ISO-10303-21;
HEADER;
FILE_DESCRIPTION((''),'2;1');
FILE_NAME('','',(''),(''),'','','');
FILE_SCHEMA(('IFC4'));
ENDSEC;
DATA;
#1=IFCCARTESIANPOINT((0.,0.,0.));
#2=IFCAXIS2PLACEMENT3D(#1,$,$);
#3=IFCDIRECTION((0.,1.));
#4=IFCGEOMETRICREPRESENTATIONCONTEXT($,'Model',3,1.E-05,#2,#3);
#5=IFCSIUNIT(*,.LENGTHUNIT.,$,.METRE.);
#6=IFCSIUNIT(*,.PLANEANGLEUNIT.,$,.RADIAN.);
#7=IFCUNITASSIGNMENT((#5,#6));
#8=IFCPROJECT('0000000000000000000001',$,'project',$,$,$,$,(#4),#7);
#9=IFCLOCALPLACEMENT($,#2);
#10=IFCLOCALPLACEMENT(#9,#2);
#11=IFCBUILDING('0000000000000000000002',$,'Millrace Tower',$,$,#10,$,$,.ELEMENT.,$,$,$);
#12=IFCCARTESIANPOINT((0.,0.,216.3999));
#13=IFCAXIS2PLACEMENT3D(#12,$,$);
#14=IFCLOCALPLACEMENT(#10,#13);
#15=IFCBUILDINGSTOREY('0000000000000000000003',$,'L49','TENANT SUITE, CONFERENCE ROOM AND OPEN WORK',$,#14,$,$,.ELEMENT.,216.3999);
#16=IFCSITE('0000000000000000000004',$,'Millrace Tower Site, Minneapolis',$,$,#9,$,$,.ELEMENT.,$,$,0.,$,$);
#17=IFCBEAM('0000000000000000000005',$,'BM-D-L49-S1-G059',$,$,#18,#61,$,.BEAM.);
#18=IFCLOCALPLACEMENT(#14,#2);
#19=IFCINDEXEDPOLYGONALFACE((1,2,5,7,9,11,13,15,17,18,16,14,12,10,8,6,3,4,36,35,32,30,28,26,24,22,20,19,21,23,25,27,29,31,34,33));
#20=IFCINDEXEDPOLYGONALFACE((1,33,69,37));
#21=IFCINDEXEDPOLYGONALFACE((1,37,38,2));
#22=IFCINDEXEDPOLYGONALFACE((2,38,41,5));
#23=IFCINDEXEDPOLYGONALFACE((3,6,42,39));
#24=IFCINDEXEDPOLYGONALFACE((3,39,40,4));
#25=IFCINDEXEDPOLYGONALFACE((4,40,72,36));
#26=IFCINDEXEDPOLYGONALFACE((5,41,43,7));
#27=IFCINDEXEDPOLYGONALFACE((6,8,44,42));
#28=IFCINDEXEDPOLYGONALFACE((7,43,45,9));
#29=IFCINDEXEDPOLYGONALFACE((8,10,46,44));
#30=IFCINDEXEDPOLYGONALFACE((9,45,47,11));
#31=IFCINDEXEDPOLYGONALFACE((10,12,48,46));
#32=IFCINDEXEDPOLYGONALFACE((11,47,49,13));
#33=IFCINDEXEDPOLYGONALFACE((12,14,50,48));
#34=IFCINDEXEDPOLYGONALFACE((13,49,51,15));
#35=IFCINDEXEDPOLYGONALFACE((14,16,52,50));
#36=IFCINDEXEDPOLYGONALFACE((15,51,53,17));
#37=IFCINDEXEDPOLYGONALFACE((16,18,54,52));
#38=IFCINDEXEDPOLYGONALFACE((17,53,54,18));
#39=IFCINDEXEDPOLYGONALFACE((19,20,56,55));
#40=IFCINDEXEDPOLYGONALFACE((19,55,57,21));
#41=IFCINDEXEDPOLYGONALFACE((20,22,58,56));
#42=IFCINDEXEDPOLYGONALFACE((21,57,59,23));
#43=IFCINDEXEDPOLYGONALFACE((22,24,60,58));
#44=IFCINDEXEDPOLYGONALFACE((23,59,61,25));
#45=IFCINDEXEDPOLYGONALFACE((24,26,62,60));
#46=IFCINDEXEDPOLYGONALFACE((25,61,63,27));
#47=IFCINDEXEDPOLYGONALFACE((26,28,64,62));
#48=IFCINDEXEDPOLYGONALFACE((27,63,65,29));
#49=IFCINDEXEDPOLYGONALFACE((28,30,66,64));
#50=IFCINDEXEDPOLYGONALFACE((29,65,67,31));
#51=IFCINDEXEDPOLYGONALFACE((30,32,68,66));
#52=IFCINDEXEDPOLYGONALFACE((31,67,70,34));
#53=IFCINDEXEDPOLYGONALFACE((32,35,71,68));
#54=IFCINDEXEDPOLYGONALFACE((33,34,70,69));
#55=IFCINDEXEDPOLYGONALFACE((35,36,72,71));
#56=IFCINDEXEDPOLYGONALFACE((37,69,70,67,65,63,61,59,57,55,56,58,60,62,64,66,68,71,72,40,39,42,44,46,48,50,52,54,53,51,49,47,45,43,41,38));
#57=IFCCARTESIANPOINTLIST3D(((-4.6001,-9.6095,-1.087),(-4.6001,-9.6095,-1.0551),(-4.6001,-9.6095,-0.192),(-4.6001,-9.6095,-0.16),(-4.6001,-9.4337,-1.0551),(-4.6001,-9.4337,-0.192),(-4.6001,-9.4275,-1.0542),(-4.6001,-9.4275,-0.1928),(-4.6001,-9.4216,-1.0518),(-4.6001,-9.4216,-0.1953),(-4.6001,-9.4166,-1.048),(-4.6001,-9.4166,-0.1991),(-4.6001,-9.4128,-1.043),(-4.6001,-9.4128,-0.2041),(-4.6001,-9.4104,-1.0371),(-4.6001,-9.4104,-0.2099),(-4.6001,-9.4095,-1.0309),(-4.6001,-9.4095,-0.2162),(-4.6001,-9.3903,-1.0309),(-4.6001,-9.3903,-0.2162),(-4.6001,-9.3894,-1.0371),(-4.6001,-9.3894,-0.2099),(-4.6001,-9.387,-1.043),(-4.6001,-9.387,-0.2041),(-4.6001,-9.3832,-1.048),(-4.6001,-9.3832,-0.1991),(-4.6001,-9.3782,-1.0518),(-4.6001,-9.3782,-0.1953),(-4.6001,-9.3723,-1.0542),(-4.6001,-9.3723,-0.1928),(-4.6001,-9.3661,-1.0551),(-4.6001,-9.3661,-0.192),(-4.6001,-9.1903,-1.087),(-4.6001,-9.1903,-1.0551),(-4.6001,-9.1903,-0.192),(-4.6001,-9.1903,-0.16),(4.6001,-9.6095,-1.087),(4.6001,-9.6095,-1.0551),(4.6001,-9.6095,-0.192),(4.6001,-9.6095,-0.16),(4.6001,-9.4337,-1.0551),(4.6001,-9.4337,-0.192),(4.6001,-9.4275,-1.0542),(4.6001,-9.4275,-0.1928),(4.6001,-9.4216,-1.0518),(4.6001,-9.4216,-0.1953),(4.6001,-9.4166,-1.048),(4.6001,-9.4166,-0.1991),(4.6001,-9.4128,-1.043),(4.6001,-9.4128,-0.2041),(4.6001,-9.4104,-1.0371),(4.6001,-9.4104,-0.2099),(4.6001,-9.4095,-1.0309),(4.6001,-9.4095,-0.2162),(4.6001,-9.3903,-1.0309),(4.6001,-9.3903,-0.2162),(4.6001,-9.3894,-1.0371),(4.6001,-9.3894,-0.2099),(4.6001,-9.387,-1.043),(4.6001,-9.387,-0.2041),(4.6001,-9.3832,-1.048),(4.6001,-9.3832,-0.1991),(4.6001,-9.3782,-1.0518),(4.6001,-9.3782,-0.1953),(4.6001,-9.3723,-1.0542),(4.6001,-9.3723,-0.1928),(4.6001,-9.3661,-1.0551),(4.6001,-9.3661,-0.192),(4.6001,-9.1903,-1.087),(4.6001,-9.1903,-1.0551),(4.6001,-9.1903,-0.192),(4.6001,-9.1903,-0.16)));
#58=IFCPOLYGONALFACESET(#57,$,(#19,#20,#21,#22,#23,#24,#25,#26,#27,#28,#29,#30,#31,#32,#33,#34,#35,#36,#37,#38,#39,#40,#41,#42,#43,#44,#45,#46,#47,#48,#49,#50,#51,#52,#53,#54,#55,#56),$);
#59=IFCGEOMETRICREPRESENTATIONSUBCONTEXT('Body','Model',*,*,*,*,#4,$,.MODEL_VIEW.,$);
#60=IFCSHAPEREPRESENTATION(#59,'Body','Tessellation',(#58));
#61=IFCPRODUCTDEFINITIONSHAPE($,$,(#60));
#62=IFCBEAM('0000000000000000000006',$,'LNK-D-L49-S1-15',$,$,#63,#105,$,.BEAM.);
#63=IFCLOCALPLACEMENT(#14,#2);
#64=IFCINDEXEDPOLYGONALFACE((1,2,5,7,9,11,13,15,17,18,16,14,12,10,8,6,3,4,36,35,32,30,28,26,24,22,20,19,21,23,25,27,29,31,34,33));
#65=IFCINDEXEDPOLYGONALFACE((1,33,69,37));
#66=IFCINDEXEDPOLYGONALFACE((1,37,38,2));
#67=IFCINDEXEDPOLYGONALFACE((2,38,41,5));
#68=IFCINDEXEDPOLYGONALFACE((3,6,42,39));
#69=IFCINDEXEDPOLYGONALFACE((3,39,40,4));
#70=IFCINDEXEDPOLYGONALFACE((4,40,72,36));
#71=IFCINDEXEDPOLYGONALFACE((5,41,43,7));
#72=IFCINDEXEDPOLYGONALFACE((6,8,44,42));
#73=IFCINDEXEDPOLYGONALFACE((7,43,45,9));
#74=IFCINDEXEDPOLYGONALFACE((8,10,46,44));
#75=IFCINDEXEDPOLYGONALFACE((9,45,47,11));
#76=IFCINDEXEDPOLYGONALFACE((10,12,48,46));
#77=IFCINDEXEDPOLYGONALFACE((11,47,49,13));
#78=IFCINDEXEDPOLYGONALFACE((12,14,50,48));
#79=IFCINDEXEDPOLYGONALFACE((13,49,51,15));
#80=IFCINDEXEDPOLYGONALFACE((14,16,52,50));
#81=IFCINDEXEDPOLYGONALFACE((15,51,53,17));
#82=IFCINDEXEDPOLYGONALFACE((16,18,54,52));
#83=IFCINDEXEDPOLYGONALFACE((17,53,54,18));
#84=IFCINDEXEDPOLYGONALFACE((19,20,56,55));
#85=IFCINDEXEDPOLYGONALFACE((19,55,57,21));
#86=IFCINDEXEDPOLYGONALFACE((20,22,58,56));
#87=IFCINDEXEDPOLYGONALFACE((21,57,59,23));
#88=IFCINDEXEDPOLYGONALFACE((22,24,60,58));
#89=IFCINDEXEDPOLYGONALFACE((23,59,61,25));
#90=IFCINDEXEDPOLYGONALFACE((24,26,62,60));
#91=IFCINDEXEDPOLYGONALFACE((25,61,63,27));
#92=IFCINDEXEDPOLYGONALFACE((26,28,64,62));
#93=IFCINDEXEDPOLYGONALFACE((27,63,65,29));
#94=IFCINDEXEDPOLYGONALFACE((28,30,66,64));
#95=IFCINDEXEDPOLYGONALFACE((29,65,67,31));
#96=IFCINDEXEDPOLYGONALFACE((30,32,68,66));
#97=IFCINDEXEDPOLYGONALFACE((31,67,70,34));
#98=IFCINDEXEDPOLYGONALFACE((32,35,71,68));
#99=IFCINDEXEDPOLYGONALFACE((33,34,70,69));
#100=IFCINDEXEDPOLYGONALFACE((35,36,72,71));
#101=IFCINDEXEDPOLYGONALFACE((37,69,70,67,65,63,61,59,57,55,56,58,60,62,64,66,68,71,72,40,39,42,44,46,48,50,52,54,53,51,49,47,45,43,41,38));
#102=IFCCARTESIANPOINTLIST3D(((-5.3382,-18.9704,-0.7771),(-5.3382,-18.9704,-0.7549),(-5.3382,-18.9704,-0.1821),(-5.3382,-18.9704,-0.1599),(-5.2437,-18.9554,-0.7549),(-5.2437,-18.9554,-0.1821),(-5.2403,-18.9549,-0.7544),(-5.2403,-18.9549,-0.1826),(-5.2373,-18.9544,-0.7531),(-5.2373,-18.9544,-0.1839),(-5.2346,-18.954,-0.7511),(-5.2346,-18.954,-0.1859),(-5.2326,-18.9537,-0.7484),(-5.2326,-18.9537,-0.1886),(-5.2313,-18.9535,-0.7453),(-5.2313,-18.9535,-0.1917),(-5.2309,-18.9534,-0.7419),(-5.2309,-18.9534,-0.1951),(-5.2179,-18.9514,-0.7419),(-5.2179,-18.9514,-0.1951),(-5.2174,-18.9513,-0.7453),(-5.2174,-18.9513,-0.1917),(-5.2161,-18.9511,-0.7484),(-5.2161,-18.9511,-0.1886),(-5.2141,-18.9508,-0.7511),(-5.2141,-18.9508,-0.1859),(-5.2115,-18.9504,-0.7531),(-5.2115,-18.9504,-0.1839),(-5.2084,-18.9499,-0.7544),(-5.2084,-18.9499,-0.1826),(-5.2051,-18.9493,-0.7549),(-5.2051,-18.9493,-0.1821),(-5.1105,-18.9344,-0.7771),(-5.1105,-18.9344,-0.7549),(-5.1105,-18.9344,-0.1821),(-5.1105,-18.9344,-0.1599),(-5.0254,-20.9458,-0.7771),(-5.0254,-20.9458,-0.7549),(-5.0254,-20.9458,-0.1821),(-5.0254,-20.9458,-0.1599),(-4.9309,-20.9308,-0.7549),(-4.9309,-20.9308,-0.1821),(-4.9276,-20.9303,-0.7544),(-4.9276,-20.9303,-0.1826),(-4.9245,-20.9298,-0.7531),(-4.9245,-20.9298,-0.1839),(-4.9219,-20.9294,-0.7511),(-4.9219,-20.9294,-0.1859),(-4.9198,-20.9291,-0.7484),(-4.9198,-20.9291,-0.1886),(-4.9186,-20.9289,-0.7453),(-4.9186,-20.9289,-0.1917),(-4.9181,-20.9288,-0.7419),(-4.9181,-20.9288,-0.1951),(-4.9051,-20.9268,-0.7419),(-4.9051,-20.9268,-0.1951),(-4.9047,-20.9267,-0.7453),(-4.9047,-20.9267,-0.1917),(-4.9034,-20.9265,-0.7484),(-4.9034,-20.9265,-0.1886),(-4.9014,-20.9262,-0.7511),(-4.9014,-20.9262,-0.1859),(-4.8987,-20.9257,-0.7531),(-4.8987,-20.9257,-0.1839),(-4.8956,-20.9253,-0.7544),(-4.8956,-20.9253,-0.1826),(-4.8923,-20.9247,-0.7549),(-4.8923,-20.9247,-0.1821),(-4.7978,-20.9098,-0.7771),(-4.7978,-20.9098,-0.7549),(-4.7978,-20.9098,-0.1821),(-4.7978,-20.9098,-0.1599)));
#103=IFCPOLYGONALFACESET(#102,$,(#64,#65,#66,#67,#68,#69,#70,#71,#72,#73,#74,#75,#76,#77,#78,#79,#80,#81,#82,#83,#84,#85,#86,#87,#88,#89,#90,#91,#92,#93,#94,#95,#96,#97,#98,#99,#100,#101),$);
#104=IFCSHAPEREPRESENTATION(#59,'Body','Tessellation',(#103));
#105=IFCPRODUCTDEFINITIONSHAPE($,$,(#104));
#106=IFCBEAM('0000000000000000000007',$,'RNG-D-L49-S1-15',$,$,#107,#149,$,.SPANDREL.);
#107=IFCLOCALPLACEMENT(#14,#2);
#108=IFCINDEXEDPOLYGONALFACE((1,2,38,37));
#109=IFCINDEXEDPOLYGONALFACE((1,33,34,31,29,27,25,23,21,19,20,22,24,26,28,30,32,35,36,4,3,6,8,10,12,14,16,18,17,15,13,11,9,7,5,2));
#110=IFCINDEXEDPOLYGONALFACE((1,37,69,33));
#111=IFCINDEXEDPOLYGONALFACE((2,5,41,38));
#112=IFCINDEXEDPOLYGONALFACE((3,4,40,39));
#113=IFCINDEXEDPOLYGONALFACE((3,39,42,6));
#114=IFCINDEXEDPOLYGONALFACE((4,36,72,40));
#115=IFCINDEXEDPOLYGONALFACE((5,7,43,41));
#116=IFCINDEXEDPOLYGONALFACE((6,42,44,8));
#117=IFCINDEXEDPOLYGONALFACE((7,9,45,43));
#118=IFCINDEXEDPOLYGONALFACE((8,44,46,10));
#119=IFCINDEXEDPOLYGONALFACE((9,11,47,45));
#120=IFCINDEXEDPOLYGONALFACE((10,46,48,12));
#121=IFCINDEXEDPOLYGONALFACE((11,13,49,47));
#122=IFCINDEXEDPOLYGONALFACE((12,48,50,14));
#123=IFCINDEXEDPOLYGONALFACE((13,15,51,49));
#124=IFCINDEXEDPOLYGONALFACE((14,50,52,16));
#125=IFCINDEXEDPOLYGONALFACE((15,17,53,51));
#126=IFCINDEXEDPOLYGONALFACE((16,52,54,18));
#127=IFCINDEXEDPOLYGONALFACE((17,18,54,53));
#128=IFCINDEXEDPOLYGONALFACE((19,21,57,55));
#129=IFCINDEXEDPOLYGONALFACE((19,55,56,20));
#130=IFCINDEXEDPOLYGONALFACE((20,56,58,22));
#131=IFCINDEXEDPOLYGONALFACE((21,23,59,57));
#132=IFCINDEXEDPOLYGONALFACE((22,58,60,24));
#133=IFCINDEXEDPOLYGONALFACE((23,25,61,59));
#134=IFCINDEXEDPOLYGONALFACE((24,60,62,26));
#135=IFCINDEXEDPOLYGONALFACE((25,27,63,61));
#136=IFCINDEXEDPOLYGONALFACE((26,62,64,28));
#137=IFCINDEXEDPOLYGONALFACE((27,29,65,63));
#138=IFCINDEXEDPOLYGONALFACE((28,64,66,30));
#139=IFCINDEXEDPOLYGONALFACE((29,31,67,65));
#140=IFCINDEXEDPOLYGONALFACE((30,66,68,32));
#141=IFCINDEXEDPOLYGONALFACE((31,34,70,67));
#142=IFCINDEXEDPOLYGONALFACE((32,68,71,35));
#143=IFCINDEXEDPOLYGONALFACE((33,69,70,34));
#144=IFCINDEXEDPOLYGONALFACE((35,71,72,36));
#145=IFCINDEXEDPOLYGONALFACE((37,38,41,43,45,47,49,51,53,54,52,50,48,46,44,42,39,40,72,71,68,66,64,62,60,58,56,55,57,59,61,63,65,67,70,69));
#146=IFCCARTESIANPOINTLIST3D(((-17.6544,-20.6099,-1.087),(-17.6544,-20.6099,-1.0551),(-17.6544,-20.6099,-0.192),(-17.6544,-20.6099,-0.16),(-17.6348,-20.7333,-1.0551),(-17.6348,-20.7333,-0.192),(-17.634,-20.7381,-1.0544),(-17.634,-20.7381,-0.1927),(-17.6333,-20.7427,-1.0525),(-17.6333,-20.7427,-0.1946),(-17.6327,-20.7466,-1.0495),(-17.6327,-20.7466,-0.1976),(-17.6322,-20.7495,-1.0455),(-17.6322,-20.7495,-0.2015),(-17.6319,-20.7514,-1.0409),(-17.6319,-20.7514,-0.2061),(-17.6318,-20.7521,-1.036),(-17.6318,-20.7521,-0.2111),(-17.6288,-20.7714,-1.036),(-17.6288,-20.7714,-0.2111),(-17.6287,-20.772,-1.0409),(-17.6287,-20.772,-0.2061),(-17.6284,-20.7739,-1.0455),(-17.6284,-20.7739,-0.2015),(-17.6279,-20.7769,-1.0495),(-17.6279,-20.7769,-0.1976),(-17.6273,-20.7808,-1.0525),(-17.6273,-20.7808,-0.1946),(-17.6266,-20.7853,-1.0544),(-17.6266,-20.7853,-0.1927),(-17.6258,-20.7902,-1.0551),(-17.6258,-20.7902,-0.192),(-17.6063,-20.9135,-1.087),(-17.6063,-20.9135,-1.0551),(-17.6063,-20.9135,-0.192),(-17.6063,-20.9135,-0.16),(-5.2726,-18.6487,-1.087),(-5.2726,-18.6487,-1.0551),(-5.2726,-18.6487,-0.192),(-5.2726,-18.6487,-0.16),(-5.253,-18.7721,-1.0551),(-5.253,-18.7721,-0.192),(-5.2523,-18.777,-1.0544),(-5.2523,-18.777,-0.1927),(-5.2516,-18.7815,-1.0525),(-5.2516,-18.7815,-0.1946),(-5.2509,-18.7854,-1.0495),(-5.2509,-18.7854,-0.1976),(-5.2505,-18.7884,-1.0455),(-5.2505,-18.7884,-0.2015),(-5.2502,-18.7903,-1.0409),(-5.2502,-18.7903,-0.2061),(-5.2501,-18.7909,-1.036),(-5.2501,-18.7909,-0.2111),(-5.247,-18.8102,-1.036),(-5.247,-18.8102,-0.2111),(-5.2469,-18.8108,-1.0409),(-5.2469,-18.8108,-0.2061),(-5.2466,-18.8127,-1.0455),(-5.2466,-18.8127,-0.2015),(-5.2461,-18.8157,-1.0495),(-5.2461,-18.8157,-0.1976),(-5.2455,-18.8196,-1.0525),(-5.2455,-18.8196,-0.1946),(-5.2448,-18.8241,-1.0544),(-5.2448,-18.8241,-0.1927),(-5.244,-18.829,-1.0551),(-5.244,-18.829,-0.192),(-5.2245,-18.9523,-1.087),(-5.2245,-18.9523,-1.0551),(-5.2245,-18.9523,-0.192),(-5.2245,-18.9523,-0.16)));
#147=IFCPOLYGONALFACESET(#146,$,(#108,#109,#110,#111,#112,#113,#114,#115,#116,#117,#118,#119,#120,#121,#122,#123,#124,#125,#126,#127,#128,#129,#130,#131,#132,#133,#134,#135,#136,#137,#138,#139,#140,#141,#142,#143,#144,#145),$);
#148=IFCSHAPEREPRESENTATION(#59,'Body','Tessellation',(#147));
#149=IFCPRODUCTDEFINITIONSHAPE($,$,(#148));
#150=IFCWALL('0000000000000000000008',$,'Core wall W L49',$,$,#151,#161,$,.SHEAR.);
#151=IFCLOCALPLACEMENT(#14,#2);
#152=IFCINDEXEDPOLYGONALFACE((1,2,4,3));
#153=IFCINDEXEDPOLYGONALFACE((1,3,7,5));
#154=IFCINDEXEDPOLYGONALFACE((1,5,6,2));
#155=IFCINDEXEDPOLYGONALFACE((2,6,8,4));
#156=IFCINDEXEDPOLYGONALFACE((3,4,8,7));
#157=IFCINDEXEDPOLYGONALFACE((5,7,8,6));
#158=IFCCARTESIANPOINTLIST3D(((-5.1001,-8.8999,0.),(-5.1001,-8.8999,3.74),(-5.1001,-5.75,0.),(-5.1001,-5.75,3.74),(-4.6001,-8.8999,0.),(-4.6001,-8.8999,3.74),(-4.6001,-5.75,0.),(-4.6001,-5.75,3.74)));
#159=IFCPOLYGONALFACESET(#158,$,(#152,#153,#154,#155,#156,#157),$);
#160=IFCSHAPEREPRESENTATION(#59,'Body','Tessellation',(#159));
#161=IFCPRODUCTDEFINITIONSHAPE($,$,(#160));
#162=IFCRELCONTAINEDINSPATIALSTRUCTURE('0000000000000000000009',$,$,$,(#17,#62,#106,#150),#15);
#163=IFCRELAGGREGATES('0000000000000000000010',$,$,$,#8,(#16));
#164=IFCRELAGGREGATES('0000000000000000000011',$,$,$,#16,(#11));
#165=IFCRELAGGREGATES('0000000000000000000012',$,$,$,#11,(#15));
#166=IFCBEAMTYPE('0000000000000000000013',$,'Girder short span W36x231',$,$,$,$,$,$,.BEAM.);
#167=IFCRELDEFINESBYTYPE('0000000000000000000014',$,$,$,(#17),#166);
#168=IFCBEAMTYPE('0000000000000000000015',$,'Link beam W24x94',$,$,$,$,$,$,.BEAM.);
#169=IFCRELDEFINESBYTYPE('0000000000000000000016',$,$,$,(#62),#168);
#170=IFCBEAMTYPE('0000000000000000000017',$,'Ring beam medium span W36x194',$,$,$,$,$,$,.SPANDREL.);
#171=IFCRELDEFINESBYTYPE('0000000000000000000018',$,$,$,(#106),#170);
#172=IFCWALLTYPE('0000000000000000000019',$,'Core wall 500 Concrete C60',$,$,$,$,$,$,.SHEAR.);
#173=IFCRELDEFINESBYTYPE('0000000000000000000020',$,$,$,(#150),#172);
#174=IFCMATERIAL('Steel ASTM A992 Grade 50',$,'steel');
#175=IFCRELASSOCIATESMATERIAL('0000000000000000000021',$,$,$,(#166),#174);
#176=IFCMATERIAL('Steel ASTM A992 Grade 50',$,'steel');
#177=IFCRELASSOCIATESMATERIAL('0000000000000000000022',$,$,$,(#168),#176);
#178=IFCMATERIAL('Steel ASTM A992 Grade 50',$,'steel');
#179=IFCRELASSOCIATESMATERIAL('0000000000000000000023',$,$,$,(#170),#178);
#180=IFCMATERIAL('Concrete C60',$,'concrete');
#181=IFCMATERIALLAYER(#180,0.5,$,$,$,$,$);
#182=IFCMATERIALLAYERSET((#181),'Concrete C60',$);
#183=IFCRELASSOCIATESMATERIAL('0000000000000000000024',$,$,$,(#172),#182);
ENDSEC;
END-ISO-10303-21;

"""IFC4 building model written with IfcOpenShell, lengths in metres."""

from ifc_helpers import new_model, si_unit, direction, frame, frame_2d, origin, origin_2d, place, context, subcontext, project, spatial, rectangle, i_section, extrude, material, layer, layer_set, material_profile, profile_set, type_object, element, save


model = new_model("IFC4")

# Units and contexts
model_context = context("Model", 3, precision=1e-05, world=origin(), true_north=direction((0.0, 1.0)))
body_context = subcontext(model_context, "Body", "Model", "MODEL_VIEW")
ifc_project = project(units=[si_unit("LENGTHUNIT", "METRE"), si_unit("PLANEANGLEUNIT", "RADIAN")], contexts=[model_context])

# Site, building, storey
site_placement = place(None, origin())
site = spatial("IfcSite", under=ifc_project, at=site_placement, Name="Millrace Tower Site, Minneapolis", CompositionType="ELEMENT", RefElevation=0.0)
building_placement = place(site_placement, origin())
building = spatial("IfcBuilding", under=site, at=building_placement, Name="Millrace Tower", CompositionType="ELEMENT")
storey_placement = place(building_placement, frame((0.0, 0.0, 216.3999)))
storey = spatial("IfcBuildingStorey", under=building, at=storey_placement, Name="L49", Description="TENANT SUITE, CONFERENCE ROOM AND OPEN WORK", CompositionType="ELEMENT", Elevation=216.3999)

# Beams
ifc_material_1 = material(Name="Steel ASTM A992 Grade 50", Category="steel")
ifc_material_profile_1 = material_profile(ifc_material_1, i_section(OverallWidth=0.4192, OverallDepth=0.927, WebThickness=0.0193, FlangeThickness=0.032, FilletRadius=0.0242, at=origin_2d()))
ifc_profile_set_1 = profile_set([ifc_material_profile_1], Name="Steel ASTM A992 Grade 50")
beam_type_1 = type_object("IfcBeamType", Name="Girder short span W36x231", PredefinedType="BEAM", material=ifc_profile_set_1)
beam_1_placement = place(storey_placement, frame((-4.6001, -9.3999, -0.6235), z_axis=(1.0, 0.0, 0.0), x_axis=(0.0, 1.0, 0.0)))
element("IfcBeam", 1, at=beam_1_placement, inside=storey, type_object=beam_type_1, Name="BM-D-L49-S1-G059", PredefinedType="BEAM", context=body_context, shape_type="SweptSolid", body=[
    extrude(i_section(OverallWidth=0.4192, OverallDepth=0.927, WebThickness=0.0193, FlangeThickness=0.032, FilletRadius=0.0242, at=origin_2d()), origin(), (0.0, 0.0, 1.0), 9.2002),
])
ifc_material_2 = material(Name="Steel ASTM A992 Grade 50", Category="steel")
ifc_material_profile_2 = material_profile(ifc_material_2, i_section(OverallWidth=0.2305, OverallDepth=0.6172, WebThickness=0.0132, FlangeThickness=0.0222, FilletRadius=0.0129, at=origin_2d()))
ifc_profile_set_2 = profile_set([ifc_material_profile_2], Name="Steel ASTM A992 Grade 50")
beam_type_2 = type_object("IfcBeamType", Name="Link beam W24x94", PredefinedType="BEAM", material=ifc_profile_set_2)
beam_2_placement = place(storey_placement, frame((-5.2244, -18.9524, -0.4685), z_axis=(0.156376, -0.987698, 0.0), x_axis=(0.987698, 0.156376, 0.0)))
element("IfcBeam", 2, at=beam_2_placement, inside=storey, type_object=beam_type_2, Name="LNK-D-L49-S1-15", PredefinedType="BEAM", context=body_context, shape_type="SweptSolid", body=[
    extrude(i_section(OverallWidth=0.2305, OverallDepth=0.6172, WebThickness=0.0132, FlangeThickness=0.0222, FilletRadius=0.0129, at=origin_2d()), origin(), (0.0, 0.0, 1.0), 2.0),
])
ifc_material_3 = material(Name="Steel ASTM A992 Grade 50", Category="steel")
ifc_material_profile_3 = material_profile(ifc_material_3, i_section(OverallWidth=0.3074, OverallDepth=0.927, WebThickness=0.0195, FlangeThickness=0.032, FilletRadius=0.019, at=origin_2d()))
ifc_profile_set_3 = profile_set([ifc_material_profile_3], Name="Steel ASTM A992 Grade 50")
beam_type_3 = type_object("IfcBeamType", Name="Ring beam medium span W36x194", PredefinedType="SPANDREL", material=ifc_profile_set_3)
beam_3_placement = place(storey_placement, frame((-5.2485, -18.8005, -0.6235), z_axis=(-0.987687, -0.156442, 0.0), x_axis=(0.156442, -0.987687, 0.0)))
element("IfcBeam", 3, at=beam_3_placement, inside=storey, type_object=beam_type_3, Name="RNG-D-L49-S1-15", PredefinedType="SPANDREL", context=body_context, shape_type="SweptSolid", body=[
    extrude(i_section(OverallWidth=0.3074, OverallDepth=0.927, WebThickness=0.0195, FlangeThickness=0.032, FilletRadius=0.019, at=origin_2d()), origin(), (0.0, 0.0, 1.0), 12.5361),
])

# Wall
ifc_material_4 = material(Name="Concrete C60", Category="concrete")
ifc_layer_1 = layer(ifc_material_4, 0.5)
ifc_layer_set_1 = layer_set([ifc_layer_1], Name="Concrete C60")
wall_type_1 = type_object("IfcWallType", Name="Core wall 500 Concrete C60", PredefinedType="SHEAR", material=ifc_layer_set_1)
wall_1_placement = place(storey_placement, frame((-4.8501, -8.8999, 0.0), z_axis=(0.0, 0.0, 1.0), x_axis=(0.0, 1.0, 0.0)))
element("IfcWall", 4, at=wall_1_placement, inside=storey, type_object=wall_type_1, Name="Core wall W L49", PredefinedType="SHEAR", context=body_context, shape_type="SweptSolid", body=[
    extrude(rectangle(XDim=3.1499, YDim=0.5, at=frame_2d((1.575, 0.0))), origin(), (0.0, 0.0, 1.0), 3.74),
])

save(model, "model.ifc")
